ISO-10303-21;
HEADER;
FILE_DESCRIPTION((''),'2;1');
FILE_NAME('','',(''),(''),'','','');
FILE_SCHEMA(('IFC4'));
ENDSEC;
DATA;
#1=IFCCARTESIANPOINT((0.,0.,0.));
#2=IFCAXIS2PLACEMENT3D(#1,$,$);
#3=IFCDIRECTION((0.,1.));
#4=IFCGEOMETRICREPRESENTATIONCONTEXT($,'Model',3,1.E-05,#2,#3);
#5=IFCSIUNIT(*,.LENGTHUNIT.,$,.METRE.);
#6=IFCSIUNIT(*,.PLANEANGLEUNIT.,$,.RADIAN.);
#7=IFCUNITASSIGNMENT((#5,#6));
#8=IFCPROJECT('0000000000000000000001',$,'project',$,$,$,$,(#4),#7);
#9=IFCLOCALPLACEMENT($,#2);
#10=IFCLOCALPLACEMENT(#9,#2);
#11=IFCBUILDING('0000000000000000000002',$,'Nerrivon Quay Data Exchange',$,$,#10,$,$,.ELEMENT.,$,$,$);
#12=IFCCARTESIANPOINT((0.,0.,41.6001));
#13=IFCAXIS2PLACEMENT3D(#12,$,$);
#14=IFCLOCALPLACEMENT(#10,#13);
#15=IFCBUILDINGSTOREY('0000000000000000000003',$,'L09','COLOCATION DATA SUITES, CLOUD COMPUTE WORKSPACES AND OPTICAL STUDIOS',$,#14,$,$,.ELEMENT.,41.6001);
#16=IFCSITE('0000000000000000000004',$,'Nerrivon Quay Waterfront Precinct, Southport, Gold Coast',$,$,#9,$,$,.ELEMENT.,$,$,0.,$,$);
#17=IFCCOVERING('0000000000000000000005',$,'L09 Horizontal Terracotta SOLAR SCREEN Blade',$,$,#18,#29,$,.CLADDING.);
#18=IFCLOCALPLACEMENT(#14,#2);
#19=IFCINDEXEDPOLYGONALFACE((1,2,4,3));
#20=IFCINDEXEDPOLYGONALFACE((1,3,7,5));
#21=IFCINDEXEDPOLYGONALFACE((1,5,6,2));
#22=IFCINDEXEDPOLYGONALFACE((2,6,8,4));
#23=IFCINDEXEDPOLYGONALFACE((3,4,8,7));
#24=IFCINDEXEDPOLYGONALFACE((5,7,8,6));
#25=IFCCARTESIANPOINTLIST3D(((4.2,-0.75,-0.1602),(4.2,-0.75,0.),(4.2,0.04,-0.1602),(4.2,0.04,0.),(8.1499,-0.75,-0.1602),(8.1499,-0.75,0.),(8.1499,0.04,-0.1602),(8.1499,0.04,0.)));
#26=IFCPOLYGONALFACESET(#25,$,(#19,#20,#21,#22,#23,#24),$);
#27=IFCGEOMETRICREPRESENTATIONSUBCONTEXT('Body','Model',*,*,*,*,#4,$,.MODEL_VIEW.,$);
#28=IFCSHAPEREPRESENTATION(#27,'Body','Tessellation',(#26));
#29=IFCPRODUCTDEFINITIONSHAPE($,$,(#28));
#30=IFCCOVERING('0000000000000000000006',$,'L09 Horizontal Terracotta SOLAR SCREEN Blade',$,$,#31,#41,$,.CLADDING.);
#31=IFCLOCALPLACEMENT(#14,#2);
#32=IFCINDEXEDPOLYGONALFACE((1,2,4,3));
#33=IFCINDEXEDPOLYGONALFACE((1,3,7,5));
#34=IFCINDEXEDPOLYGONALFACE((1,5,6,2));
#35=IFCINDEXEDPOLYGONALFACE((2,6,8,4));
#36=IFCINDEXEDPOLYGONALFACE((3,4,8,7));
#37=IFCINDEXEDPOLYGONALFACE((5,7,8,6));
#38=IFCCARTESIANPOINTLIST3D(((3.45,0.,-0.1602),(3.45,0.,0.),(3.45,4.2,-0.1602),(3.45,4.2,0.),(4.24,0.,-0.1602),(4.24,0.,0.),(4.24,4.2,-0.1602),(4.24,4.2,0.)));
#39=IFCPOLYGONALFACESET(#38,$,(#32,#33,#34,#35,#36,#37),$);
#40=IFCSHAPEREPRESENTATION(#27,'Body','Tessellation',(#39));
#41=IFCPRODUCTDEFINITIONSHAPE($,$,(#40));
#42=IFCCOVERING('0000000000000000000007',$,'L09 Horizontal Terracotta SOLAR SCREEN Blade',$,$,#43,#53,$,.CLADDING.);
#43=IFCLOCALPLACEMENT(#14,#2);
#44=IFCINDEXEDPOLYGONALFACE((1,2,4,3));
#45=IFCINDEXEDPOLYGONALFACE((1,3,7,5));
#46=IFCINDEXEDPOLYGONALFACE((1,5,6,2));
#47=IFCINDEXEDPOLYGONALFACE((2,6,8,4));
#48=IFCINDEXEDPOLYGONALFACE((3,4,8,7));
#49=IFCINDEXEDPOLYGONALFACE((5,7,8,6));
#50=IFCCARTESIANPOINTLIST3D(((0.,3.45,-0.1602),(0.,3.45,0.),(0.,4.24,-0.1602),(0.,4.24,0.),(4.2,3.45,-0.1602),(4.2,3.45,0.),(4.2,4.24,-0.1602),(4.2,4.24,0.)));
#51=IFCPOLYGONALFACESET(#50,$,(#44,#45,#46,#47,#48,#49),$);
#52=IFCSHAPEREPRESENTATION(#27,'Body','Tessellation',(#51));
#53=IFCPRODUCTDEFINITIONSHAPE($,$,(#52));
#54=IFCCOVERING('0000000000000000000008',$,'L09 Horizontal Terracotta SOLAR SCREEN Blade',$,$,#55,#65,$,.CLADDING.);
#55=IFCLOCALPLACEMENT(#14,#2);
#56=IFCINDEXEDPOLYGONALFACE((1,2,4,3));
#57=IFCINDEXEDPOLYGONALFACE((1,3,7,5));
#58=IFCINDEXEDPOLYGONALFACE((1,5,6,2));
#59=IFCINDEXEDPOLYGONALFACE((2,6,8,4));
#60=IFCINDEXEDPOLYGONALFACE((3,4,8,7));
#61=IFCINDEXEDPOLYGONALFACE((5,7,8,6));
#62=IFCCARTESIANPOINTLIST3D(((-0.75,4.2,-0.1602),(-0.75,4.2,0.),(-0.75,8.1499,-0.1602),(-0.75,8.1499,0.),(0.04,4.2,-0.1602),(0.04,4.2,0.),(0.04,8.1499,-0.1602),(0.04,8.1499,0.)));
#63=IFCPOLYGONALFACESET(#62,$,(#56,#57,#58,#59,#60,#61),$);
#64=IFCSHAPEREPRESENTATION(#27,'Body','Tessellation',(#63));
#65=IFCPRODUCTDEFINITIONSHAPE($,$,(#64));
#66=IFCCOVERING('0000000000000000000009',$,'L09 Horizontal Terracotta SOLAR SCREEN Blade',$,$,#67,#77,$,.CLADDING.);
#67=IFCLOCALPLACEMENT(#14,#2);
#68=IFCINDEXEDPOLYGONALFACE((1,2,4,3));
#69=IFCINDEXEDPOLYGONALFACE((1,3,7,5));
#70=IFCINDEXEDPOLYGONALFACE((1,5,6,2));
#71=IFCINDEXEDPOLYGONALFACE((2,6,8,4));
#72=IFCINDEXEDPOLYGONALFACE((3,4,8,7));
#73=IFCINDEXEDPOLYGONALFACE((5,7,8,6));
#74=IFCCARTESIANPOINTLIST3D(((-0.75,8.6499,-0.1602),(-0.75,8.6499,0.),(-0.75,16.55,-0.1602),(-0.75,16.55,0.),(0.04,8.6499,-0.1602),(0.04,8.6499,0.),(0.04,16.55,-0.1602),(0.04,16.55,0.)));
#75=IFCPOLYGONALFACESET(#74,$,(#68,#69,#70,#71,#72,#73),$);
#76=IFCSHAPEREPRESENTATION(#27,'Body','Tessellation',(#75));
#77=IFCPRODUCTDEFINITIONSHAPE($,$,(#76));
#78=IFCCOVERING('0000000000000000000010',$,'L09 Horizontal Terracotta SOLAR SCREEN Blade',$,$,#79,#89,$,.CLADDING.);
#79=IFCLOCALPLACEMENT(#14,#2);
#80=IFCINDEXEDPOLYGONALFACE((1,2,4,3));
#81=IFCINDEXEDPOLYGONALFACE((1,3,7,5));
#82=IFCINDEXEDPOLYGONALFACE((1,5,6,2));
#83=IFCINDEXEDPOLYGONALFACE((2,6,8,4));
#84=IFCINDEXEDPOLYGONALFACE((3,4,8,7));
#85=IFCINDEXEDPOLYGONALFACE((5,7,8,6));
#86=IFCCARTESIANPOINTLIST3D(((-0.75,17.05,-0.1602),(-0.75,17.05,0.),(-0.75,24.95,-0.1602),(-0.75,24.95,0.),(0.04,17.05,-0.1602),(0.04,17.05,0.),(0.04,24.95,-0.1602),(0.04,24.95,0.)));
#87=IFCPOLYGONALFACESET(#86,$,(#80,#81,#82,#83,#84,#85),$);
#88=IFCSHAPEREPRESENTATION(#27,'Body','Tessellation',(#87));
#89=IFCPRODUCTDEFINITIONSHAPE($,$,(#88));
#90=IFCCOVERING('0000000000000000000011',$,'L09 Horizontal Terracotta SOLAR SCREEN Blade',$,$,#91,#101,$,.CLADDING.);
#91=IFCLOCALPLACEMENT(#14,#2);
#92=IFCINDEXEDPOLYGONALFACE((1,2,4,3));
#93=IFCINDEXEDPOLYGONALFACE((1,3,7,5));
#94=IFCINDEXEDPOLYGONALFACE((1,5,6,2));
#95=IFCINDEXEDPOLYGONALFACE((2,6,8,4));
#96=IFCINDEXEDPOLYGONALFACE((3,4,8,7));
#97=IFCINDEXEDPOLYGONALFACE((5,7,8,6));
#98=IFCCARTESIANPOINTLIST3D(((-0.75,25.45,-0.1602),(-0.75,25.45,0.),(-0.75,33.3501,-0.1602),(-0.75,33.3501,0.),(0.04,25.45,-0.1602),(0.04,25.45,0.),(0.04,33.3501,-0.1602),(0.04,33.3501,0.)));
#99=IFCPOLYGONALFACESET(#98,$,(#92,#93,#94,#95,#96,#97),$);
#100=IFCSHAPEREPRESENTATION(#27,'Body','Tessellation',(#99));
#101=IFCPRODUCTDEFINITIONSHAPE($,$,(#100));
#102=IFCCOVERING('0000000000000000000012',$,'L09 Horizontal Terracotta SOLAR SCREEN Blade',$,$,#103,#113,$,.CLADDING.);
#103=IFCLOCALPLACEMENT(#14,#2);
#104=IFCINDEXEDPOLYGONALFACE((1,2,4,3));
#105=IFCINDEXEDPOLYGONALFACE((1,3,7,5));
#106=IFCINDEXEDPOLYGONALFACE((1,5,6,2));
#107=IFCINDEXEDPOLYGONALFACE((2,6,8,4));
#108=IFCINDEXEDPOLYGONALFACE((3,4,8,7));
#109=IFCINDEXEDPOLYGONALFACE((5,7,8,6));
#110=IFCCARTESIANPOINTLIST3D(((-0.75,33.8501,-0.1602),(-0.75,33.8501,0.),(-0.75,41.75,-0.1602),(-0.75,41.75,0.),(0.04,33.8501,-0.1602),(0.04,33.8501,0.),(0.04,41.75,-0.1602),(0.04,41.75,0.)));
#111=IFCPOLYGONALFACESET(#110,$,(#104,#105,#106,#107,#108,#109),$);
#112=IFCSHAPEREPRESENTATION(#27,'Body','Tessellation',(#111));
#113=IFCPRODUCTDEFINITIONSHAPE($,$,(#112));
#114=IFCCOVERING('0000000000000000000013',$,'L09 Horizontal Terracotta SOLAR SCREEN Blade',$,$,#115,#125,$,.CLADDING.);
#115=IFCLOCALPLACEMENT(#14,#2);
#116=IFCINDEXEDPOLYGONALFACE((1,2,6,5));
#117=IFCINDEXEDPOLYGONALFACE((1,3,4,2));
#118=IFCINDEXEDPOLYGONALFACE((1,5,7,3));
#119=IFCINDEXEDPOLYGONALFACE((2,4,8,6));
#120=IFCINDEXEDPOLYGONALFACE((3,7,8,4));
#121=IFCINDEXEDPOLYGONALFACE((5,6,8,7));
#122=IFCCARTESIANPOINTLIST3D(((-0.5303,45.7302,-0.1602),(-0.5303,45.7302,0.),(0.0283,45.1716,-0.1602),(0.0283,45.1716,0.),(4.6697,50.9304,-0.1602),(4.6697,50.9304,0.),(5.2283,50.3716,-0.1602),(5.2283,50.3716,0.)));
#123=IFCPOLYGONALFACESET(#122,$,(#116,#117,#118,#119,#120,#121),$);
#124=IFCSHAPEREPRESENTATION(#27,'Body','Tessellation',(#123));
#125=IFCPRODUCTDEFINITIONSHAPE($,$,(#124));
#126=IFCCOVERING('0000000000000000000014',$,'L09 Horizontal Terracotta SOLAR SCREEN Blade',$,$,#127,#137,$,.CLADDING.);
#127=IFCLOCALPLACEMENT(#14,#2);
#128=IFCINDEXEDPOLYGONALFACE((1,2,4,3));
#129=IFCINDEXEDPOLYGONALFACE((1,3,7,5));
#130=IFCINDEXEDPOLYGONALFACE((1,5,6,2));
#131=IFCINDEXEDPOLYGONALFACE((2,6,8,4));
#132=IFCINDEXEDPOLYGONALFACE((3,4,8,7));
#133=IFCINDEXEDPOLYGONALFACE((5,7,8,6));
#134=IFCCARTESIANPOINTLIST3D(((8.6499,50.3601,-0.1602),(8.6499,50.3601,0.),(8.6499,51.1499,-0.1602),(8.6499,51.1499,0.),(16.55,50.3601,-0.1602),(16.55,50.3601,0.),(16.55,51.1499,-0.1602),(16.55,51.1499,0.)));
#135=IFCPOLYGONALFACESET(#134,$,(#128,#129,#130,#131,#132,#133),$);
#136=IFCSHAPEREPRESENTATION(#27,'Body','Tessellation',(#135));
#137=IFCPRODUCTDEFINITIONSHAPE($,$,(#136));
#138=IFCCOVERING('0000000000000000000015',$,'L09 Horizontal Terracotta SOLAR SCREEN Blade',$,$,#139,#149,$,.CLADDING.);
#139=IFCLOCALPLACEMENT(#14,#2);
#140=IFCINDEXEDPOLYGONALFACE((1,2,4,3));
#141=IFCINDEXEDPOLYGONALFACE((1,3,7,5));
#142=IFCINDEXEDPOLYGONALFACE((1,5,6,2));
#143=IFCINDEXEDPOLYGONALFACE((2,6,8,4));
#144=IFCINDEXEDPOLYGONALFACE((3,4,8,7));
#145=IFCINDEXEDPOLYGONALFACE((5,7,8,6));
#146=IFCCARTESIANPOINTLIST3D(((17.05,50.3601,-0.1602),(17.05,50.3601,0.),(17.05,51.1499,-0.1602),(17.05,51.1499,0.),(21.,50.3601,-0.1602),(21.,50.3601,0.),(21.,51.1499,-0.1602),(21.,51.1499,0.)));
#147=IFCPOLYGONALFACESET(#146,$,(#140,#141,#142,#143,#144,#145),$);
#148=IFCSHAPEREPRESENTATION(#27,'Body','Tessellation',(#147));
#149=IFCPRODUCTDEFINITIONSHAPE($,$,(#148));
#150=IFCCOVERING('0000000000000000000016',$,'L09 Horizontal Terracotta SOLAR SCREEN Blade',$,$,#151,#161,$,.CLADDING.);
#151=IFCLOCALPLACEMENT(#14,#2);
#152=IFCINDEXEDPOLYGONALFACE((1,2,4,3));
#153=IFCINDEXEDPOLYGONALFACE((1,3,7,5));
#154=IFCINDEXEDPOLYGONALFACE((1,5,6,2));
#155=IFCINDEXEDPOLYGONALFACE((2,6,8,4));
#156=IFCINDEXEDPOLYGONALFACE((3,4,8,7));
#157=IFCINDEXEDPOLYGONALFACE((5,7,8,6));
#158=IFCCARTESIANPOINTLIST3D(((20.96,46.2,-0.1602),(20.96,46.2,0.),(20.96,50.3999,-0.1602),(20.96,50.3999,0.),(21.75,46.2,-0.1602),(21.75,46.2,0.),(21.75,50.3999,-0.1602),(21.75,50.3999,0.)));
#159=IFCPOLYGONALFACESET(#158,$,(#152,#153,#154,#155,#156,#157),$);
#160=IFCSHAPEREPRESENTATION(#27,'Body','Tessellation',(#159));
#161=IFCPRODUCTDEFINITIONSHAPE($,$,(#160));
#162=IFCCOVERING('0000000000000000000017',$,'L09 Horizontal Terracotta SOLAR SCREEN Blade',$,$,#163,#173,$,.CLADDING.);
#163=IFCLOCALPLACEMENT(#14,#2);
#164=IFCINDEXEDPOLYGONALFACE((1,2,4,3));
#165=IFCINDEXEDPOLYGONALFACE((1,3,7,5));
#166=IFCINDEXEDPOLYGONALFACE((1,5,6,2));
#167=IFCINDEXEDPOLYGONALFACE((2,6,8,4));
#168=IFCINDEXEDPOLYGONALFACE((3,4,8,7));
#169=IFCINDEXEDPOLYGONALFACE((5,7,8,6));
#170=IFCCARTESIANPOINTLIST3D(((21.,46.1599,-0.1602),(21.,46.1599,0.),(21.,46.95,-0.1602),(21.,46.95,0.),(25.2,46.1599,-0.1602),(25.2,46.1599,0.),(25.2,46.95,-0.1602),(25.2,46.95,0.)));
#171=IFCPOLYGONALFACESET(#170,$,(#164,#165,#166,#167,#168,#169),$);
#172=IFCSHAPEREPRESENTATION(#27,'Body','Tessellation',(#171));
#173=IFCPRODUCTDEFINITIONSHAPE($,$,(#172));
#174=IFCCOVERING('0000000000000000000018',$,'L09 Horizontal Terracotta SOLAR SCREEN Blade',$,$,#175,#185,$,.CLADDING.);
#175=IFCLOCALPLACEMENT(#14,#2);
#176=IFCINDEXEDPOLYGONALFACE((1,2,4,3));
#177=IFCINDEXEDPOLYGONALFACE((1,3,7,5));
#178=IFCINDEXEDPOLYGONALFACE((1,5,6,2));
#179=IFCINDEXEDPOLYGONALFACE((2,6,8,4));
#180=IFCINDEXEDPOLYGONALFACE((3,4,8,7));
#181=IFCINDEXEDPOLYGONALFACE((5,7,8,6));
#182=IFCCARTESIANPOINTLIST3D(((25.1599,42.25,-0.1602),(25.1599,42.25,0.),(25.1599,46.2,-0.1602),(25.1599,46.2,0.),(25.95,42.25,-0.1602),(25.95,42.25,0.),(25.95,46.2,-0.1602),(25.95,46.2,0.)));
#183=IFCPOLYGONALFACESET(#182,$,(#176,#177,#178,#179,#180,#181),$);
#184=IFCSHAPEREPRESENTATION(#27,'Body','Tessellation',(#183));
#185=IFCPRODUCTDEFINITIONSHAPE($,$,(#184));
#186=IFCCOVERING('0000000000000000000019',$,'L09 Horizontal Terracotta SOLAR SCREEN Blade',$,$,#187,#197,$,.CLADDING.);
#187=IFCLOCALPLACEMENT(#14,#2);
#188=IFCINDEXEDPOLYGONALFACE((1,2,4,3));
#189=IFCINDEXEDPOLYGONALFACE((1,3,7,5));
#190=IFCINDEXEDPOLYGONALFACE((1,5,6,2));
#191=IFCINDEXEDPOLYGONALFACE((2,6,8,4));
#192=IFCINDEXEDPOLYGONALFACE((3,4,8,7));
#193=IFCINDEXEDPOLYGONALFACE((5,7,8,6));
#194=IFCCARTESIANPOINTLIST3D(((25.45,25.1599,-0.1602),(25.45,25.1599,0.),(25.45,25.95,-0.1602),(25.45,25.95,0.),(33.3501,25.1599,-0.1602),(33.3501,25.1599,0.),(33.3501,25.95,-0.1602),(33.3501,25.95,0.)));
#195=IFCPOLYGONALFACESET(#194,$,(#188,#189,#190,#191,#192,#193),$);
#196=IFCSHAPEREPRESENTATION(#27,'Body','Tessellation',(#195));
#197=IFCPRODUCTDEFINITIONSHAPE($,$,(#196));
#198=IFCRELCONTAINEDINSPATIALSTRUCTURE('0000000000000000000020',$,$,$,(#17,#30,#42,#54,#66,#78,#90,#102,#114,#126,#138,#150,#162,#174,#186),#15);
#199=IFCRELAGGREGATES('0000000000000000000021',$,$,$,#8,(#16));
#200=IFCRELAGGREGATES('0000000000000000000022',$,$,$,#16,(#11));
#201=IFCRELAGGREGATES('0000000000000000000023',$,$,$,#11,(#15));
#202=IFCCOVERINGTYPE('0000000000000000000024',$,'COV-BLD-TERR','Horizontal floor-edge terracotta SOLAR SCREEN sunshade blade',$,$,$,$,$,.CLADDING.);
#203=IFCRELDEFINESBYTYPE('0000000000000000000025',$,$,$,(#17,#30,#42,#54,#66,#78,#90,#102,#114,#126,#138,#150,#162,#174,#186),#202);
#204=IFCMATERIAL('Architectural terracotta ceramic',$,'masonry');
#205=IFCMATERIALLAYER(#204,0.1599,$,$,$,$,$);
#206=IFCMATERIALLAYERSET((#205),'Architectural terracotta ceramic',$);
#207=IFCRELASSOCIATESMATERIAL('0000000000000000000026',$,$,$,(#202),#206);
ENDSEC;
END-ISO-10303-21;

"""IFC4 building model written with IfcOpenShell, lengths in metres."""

from ifc_helpers import new_model, si_unit, direction, frame, origin, place, context, subcontext, project, spatial, polyline, outline, extrude, material, layer, layer_set, type_object, element, save


model = new_model("IFC4")

# Units and contexts
model_context = context("Model", 3, precision=1e-05, world=origin(), true_north=direction((0.0, 1.0)))
body_context = subcontext(model_context, "Body", "Model", "MODEL_VIEW")
ifc_project = project(units=[si_unit("LENGTHUNIT", "METRE"), si_unit("PLANEANGLEUNIT", "RADIAN")], contexts=[model_context])

# Site, building, storey
site_placement = place(None, origin())
site = spatial("IfcSite", under=ifc_project, at=site_placement, Name="Nerrivon Quay Waterfront Precinct, Southport, Gold Coast", CompositionType="ELEMENT", RefElevation=0.0)
building_placement = place(site_placement, origin())
building = spatial("IfcBuilding", under=site, at=building_placement, Name="Nerrivon Quay Data Exchange", CompositionType="ELEMENT")
storey_placement = place(building_placement, frame((0.0, 0.0, 41.6001)))
storey = spatial("IfcBuildingStorey", under=building, at=storey_placement, Name="L09", Description="COLOCATION DATA SUITES, CLOUD COMPUTE WORKSPACES AND OPTICAL STUDIOS", CompositionType="ELEMENT", Elevation=41.6001)

# Coverings
ifc_material_1 = material(Name="Architectural terracotta ceramic", Category="masonry")
ifc_layer_1 = layer(ifc_material_1, 0.1599)
ifc_layer_set_1 = layer_set([ifc_layer_1], Name="Architectural terracotta ceramic")
covering_type = type_object("IfcCoveringType", Name="COV-BLD-TERR", Description="Horizontal floor-edge terracotta SOLAR SCREEN sunshade blade", PredefinedType="CLADDING", material=ifc_layer_set_1)
covering_1_placement = place(storey_placement, frame((0.0, 0.0, -0.1602)))
element("IfcCovering", 1, at=covering_1_placement, inside=storey, type_object=covering_type, Name="L09 Horizontal Terracotta SOLAR SCREEN Blade", PredefinedType="CLADDING", context=body_context, shape_type="SweptSolid", body=[
    extrude(outline(polyline([(8.1499, 0.04), (4.2, 0.04), (4.2, -0.75), (8.1499, -0.75), (8.1499, 0.04)])), origin(), (0.0, 0.0, 1.0), 0.1602),
])
covering_2_placement = place(storey_placement, frame((0.0, 0.0, -0.1602)))
element("IfcCovering", 2, at=covering_2_placement, inside=storey, type_object=covering_type, Name="L09 Horizontal Terracotta SOLAR SCREEN Blade", PredefinedType="CLADDING", context=body_context, shape_type="SweptSolid", body=[
    extrude(outline(polyline([(4.24, 0.0), (4.24, 4.2), (3.45, 4.2), (3.45, 0.0), (4.24, 0.0)])), origin(), (0.0, 0.0, 1.0), 0.1602),
])
covering_3_placement = place(storey_placement, frame((0.0, 0.0, -0.1602)))
element("IfcCovering", 3, at=covering_3_placement, inside=storey, type_object=covering_type, Name="L09 Horizontal Terracotta SOLAR SCREEN Blade", PredefinedType="CLADDING", context=body_context, shape_type="SweptSolid", body=[
    extrude(outline(polyline([(4.2, 4.24), (0.0, 4.24), (0.0, 3.45), (4.2, 3.45), (4.2, 4.24)])), origin(), (0.0, 0.0, 1.0), 0.1602),
])
covering_4_placement = place(storey_placement, frame((0.0, 0.0, -0.1602)))
element("IfcCovering", 4, at=covering_4_placement, inside=storey, type_object=covering_type, Name="L09 Horizontal Terracotta SOLAR SCREEN Blade", PredefinedType="CLADDING", context=body_context, shape_type="SweptSolid", body=[
    extrude(outline(polyline([(0.04, 4.2), (0.04, 8.1499), (-0.75, 8.1499), (-0.75, 4.2), (0.04, 4.2)])), origin(), (0.0, 0.0, 1.0), 0.1602),
])
covering_5_placement = place(storey_placement, frame((0.0, 0.0, -0.1602)))
element("IfcCovering", 5, at=covering_5_placement, inside=storey, type_object=covering_type, Name="L09 Horizontal Terracotta SOLAR SCREEN Blade", PredefinedType="CLADDING", context=body_context, shape_type="SweptSolid", body=[
    extrude(outline(polyline([(0.04, 8.6499), (0.04, 16.55), (-0.75, 16.55), (-0.75, 8.6499), (0.04, 8.6499)])), origin(), (0.0, 0.0, 1.0), 0.1602),
])
covering_6_placement = place(storey_placement, frame((0.0, 0.0, -0.1602)))
element("IfcCovering", 6, at=covering_6_placement, inside=storey, type_object=covering_type, Name="L09 Horizontal Terracotta SOLAR SCREEN Blade", PredefinedType="CLADDING", context=body_context, shape_type="SweptSolid", body=[
    extrude(outline(polyline([(0.04, 17.05), (0.04, 24.95), (-0.75, 24.95), (-0.75, 17.05), (0.04, 17.05)])), origin(), (0.0, 0.0, 1.0), 0.1602),
])
covering_7_placement = place(storey_placement, frame((0.0, 0.0, -0.1602)))
element("IfcCovering", 7, at=covering_7_placement, inside=storey, type_object=covering_type, Name="L09 Horizontal Terracotta SOLAR SCREEN Blade", PredefinedType="CLADDING", context=body_context, shape_type="SweptSolid", body=[
    extrude(outline(polyline([(0.04, 25.45), (0.04, 33.3501), (-0.75, 33.3501), (-0.75, 25.45), (0.04, 25.45)])), origin(), (0.0, 0.0, 1.0), 0.1602),
])
covering_8_placement = place(storey_placement, frame((0.0, 0.0, -0.1602)))
element("IfcCovering", 8, at=covering_8_placement, inside=storey, type_object=covering_type, Name="L09 Horizontal Terracotta SOLAR SCREEN Blade", PredefinedType="CLADDING", context=body_context, shape_type="SweptSolid", body=[
    extrude(outline(polyline([(0.04, 33.8501), (0.04, 41.75), (-0.75, 41.75), (-0.75, 33.8501), (0.04, 33.8501)])), origin(), (0.0, 0.0, 1.0), 0.1602),
])
covering_9_placement = place(storey_placement, frame((0.0, 0.0, -0.1602)))
element("IfcCovering", 9, at=covering_9_placement, inside=storey, type_object=covering_type, Name="L09 Horizontal Terracotta SOLAR SCREEN Blade", PredefinedType="CLADDING", context=body_context, shape_type="SweptSolid", body=[
    extrude(outline(polyline([(0.0283, 45.1716), (5.2283, 50.3716), (4.6697, 50.9304), (-0.5303, 45.7302), (0.0283, 45.1716)])), origin(), (0.0, 0.0, 1.0), 0.1602),
])
covering_10_placement = place(storey_placement, frame((0.0, 0.0, -0.1602)))
element("IfcCovering", 10, at=covering_10_placement, inside=storey, type_object=covering_type, Name="L09 Horizontal Terracotta SOLAR SCREEN Blade", PredefinedType="CLADDING", context=body_context, shape_type="SweptSolid", body=[
    extrude(outline(polyline([(8.6499, 50.3601), (16.55, 50.3601), (16.55, 51.1499), (8.6499, 51.1499), (8.6499, 50.3601)])), origin(), (0.0, 0.0, 1.0), 0.1602),
])
covering_11_placement = place(storey_placement, frame((0.0, 0.0, -0.1602)))
element("IfcCovering", 11, at=covering_11_placement, inside=storey, type_object=covering_type, Name="L09 Horizontal Terracotta SOLAR SCREEN Blade", PredefinedType="CLADDING", context=body_context, shape_type="SweptSolid", body=[
    extrude(outline(polyline([(17.05, 50.3601), (21.0, 50.3601), (21.0, 51.1499), (17.05, 51.1499), (17.05, 50.3601)])), origin(), (0.0, 0.0, 1.0), 0.1602),
])
covering_12_placement = place(storey_placement, frame((0.0, 0.0, -0.1602)))
element("IfcCovering", 12, at=covering_12_placement, inside=storey, type_object=covering_type, Name="L09 Horizontal Terracotta SOLAR SCREEN Blade", PredefinedType="CLADDING", context=body_context, shape_type="SweptSolid", body=[
    extrude(outline(polyline([(20.96, 50.3999), (20.96, 46.2), (21.75, 46.2), (21.75, 50.3999), (20.96, 50.3999)])), origin(), (0.0, 0.0, 1.0), 0.1602),
])
covering_13_placement = place(storey_placement, frame((0.0, 0.0, -0.1602)))
element("IfcCovering", 13, at=covering_13_placement, inside=storey, type_object=covering_type, Name="L09 Horizontal Terracotta SOLAR SCREEN Blade", PredefinedType="CLADDING", context=body_context, shape_type="SweptSolid", body=[
    extrude(outline(polyline([(21.0, 46.1599), (25.2, 46.1599), (25.2, 46.95), (21.0, 46.95), (21.0, 46.1599)])), origin(), (0.0, 0.0, 1.0), 0.1602),
])
covering_14_placement = place(storey_placement, frame((0.0, 0.0, -0.1602)))
element("IfcCovering", 14, at=covering_14_placement, inside=storey, type_object=covering_type, Name="L09 Horizontal Terracotta SOLAR SCREEN Blade", PredefinedType="CLADDING", context=body_context, shape_type="SweptSolid", body=[
    extrude(outline(polyline([(25.1599, 46.2), (25.1599, 42.25), (25.95, 42.25), (25.95, 46.2), (25.1599, 46.2)])), origin(), (0.0, 0.0, 1.0), 0.1602),
])
covering_15_placement = place(storey_placement, frame((0.0, 0.0, -0.1602)))
element("IfcCovering", 15, at=covering_15_placement, inside=storey, type_object=covering_type, Name="L09 Horizontal Terracotta SOLAR SCREEN Blade", PredefinedType="CLADDING", context=body_context, shape_type="SweptSolid", body=[
    extrude(outline(polyline([(25.45, 25.1599), (33.3501, 25.1599), (33.3501, 25.95), (25.45, 25.95), (25.45, 25.1599)])), origin(), (0.0, 0.0, 1.0), 0.1602),
])

save(model, "model.ifc")
